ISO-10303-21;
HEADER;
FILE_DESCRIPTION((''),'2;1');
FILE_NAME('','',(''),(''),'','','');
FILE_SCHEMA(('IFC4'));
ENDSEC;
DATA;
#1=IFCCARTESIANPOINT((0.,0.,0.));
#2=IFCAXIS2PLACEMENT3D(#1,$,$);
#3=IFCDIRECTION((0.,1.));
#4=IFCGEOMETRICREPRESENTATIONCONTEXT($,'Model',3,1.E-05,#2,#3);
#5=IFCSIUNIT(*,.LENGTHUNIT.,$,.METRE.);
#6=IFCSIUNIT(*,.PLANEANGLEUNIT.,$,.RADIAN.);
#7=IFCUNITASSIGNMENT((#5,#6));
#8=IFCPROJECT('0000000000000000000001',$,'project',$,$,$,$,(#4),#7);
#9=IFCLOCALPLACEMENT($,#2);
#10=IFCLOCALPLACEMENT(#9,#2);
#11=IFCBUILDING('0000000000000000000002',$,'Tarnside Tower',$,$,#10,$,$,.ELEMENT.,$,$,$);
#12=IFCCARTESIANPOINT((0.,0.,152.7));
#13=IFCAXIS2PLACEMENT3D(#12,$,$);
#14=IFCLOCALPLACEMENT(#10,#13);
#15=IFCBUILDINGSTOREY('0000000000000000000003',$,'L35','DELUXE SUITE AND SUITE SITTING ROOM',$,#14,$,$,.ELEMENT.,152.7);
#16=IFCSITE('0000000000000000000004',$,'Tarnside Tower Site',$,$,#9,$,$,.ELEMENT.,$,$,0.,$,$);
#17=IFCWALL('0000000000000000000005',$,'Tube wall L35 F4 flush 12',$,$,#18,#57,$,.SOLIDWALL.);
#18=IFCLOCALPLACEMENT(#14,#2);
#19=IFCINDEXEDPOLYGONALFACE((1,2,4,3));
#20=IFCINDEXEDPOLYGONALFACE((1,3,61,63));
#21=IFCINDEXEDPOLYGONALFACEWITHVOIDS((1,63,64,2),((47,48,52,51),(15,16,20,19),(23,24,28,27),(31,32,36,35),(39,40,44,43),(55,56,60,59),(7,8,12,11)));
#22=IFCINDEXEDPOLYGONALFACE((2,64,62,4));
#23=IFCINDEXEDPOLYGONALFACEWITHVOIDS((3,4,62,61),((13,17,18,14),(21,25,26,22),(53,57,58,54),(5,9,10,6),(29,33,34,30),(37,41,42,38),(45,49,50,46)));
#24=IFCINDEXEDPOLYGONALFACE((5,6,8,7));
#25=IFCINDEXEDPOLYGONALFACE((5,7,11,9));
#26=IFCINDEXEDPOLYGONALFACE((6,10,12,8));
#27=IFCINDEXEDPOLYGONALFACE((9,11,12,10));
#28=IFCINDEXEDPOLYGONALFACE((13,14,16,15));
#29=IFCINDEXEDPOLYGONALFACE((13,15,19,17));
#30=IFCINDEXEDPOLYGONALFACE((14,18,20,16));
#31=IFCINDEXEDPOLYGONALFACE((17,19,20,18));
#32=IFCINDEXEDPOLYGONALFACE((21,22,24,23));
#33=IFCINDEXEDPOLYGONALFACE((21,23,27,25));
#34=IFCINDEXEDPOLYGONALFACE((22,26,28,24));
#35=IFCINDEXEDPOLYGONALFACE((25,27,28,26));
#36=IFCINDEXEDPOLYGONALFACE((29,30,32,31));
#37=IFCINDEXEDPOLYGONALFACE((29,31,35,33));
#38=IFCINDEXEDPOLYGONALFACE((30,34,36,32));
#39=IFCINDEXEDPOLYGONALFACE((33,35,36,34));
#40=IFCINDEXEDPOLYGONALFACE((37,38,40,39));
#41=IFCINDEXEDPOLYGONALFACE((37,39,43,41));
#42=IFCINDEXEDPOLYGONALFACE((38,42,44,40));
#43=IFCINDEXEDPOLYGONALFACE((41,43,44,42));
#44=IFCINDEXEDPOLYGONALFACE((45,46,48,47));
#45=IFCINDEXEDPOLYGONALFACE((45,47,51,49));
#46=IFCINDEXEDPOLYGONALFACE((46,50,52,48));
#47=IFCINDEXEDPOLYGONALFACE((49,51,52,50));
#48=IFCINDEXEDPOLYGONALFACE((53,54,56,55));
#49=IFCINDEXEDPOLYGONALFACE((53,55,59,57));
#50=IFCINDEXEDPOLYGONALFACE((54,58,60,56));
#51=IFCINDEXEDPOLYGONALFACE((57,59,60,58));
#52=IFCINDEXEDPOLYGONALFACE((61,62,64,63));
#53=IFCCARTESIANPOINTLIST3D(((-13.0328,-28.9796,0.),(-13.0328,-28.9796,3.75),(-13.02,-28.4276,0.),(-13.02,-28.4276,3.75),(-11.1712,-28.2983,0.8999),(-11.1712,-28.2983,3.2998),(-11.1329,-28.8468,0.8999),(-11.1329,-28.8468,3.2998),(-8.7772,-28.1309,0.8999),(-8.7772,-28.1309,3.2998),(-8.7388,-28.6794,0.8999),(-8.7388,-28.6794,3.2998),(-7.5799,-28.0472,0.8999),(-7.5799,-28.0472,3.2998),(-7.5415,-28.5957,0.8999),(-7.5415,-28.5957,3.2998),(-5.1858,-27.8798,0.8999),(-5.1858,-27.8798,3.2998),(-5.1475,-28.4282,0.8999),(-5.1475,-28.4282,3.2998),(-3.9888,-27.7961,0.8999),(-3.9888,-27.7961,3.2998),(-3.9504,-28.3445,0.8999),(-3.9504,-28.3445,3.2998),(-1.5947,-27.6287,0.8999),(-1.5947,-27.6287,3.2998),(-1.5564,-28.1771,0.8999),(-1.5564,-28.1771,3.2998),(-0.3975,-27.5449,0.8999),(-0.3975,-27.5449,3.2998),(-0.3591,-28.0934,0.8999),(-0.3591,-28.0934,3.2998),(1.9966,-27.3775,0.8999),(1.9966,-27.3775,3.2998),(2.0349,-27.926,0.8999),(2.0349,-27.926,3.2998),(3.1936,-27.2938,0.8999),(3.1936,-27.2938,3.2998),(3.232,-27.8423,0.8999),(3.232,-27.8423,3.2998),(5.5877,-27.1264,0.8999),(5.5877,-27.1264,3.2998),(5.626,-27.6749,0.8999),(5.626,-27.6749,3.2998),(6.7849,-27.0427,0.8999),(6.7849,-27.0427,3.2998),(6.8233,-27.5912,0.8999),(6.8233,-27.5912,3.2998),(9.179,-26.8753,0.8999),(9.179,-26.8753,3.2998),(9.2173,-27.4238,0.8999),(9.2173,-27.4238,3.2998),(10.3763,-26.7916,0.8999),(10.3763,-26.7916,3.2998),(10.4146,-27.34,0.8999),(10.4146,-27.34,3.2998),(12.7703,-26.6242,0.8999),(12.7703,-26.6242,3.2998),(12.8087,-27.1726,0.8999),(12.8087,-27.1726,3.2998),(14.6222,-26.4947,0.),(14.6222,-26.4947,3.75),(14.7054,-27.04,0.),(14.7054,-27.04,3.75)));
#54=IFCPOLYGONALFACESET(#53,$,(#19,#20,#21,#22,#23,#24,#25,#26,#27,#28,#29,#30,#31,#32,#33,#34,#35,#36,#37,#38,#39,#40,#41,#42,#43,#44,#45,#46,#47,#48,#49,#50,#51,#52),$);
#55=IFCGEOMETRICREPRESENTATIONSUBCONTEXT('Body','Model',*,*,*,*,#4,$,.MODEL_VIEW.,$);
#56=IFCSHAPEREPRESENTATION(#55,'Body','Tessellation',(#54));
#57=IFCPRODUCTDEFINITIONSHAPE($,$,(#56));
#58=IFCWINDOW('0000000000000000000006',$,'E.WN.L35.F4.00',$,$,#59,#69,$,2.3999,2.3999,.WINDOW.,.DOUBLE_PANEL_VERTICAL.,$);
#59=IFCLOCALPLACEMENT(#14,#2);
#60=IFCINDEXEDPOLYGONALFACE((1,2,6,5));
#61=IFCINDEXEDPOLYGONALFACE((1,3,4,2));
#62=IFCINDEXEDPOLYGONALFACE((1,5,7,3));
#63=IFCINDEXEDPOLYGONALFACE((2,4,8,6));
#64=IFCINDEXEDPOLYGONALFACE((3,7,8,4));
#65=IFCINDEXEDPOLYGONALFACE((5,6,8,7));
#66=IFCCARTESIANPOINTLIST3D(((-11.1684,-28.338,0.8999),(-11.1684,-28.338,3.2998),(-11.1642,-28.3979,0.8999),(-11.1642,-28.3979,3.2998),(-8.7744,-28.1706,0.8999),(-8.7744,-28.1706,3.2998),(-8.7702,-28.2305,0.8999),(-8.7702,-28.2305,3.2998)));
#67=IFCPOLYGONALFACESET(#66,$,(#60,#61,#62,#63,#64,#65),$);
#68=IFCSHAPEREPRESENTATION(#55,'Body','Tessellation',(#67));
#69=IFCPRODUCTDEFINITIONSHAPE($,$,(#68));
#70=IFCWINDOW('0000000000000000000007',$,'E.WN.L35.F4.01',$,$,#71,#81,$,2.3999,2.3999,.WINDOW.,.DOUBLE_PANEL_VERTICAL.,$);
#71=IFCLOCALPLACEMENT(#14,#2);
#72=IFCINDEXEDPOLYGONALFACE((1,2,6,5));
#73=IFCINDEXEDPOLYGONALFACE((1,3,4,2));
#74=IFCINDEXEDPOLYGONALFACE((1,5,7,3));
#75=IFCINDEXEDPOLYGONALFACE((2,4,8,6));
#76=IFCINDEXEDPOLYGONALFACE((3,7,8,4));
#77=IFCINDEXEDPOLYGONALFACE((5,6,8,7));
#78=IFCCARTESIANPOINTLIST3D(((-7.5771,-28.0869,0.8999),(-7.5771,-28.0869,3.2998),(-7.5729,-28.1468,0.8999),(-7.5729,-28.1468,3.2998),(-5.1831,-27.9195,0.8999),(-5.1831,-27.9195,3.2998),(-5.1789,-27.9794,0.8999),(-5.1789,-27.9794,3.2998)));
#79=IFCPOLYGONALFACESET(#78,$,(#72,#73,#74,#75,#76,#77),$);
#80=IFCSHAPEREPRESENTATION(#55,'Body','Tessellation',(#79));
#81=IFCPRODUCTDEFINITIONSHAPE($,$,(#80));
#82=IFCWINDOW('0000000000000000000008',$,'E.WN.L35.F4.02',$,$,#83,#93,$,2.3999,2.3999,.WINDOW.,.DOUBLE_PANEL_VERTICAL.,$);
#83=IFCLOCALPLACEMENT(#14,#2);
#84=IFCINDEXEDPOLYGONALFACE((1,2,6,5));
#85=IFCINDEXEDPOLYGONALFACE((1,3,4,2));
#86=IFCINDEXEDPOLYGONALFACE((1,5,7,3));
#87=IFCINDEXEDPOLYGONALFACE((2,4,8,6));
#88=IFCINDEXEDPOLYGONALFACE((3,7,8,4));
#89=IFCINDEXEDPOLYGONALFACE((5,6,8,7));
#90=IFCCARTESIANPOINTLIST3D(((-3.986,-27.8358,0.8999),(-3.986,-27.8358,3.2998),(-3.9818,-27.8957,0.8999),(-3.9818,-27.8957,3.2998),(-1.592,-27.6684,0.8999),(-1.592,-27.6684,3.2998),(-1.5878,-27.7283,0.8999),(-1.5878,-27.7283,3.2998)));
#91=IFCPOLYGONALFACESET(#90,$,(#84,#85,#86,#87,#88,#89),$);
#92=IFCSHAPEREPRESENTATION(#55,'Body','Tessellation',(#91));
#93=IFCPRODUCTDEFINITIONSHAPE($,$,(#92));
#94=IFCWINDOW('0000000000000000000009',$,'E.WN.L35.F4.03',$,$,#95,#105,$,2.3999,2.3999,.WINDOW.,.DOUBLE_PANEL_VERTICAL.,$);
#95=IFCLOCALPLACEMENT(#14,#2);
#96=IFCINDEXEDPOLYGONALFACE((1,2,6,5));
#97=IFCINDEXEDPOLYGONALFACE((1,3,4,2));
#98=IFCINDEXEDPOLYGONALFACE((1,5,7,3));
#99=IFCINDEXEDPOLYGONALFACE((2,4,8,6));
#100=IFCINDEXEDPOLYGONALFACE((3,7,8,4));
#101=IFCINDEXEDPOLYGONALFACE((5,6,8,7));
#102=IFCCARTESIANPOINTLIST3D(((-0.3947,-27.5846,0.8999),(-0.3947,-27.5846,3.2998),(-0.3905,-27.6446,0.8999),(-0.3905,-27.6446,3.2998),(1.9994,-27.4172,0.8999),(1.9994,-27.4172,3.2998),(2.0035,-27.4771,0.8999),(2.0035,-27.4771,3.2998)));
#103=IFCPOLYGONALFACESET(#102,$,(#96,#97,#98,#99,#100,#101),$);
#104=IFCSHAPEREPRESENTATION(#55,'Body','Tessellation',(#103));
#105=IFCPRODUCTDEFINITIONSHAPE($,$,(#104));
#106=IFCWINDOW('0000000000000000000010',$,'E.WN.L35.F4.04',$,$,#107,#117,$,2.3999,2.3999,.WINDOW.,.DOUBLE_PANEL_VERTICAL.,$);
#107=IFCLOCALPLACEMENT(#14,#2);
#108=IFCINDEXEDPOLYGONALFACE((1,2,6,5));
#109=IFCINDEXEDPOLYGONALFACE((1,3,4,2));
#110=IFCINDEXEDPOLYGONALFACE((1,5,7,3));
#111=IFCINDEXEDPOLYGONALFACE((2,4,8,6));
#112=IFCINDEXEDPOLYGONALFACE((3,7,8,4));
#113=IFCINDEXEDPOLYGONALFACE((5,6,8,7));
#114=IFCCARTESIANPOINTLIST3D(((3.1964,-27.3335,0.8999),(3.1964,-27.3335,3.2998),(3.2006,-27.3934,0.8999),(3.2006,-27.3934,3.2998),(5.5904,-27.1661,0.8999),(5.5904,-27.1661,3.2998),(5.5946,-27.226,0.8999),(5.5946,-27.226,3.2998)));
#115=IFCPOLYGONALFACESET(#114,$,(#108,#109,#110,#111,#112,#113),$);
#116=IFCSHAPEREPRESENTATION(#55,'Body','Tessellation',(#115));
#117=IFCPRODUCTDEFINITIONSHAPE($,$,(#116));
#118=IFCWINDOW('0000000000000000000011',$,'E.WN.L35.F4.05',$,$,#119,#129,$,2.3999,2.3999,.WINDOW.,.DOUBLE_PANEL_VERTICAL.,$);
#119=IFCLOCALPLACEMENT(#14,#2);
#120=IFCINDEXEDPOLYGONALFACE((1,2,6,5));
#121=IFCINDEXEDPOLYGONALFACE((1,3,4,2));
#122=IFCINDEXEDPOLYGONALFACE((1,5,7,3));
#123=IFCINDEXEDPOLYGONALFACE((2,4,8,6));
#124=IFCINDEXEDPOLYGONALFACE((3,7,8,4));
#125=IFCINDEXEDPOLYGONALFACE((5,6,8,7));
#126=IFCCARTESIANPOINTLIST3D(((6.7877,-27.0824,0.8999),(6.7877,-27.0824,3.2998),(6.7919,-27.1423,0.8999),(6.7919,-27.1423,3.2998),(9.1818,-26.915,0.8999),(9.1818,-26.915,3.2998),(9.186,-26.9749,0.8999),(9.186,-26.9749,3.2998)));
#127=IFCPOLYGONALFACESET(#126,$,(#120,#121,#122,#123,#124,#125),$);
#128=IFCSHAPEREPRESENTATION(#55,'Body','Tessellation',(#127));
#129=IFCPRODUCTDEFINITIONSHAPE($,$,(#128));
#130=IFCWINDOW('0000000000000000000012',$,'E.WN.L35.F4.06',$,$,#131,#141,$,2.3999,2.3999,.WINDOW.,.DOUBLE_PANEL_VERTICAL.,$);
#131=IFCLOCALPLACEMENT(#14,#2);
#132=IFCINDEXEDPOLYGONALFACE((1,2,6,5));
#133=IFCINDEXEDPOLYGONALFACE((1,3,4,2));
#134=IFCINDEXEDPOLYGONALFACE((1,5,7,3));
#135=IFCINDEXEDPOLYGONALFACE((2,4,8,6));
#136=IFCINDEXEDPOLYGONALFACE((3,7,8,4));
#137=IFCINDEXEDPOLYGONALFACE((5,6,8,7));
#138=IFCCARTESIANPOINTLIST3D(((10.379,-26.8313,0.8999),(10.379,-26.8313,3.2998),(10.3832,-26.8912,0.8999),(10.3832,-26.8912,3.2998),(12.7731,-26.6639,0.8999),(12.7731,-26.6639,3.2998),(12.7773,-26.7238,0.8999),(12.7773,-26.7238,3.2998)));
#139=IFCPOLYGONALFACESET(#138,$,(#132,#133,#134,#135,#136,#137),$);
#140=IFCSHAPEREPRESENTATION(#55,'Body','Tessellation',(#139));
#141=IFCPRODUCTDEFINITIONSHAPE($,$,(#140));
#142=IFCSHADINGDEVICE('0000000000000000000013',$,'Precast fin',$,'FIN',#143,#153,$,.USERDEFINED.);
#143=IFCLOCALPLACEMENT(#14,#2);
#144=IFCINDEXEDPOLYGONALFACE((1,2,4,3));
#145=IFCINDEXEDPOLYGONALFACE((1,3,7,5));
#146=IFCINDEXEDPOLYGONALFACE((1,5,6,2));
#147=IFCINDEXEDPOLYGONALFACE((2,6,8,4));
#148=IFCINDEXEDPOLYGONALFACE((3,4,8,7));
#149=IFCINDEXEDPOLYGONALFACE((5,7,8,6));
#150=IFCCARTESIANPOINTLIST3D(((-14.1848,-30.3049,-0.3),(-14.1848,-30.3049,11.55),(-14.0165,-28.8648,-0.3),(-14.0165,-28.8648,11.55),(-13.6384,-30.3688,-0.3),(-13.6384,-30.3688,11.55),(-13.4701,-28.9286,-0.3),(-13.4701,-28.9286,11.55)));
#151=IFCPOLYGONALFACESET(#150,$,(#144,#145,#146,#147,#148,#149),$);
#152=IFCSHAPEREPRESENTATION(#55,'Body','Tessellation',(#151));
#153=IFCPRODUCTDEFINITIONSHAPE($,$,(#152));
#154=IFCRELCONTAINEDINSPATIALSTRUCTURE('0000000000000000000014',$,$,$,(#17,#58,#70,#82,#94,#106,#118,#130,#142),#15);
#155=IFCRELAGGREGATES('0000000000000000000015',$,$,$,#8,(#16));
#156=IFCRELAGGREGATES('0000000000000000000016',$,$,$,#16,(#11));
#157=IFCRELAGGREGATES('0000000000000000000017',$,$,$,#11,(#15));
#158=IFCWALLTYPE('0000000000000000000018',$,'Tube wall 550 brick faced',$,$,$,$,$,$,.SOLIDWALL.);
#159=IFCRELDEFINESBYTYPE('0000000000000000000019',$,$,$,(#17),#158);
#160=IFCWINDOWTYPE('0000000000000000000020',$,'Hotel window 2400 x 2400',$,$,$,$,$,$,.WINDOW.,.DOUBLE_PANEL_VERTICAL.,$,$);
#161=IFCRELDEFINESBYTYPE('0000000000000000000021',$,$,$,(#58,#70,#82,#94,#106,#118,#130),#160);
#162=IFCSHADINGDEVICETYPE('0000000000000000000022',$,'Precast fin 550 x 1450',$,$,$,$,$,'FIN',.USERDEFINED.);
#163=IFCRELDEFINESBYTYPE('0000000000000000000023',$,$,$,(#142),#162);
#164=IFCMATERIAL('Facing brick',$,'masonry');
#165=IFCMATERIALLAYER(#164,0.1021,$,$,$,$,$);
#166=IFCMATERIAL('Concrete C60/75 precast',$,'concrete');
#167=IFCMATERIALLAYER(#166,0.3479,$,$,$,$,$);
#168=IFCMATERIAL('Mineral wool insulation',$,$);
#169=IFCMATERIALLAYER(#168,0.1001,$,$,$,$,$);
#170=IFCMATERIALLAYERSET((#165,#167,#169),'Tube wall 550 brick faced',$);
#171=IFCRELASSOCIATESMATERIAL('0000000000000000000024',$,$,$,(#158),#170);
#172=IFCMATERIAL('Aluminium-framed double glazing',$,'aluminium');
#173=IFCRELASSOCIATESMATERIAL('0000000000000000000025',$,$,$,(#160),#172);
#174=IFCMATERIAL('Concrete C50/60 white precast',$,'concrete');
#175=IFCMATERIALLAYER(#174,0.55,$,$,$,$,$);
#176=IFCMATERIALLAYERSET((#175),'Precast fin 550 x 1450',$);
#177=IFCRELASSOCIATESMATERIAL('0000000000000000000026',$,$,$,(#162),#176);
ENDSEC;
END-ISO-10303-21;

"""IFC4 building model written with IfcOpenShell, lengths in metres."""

from ifc_helpers import new_model, si_unit, direction, frame, frame_2d, origin, place, context, subcontext, project, spatial, polyline, rectangle, outline, extrude, material, layer, layer_set, type_object, element, fill, save


model = new_model("IFC4")

# Units and contexts
model_context = context("Model", 3, precision=1e-05, world=origin(), true_north=direction((0.0, 1.0)))
body_context = subcontext(model_context, "Body", "Model", "MODEL_VIEW")
ifc_project = project(units=[si_unit("LENGTHUNIT", "METRE"), si_unit("PLANEANGLEUNIT", "RADIAN")], contexts=[model_context])

# Site, building, storey
site_placement = place(None, origin())
site = spatial("IfcSite", under=ifc_project, at=site_placement, Name="Tarnside Tower Site", CompositionType="ELEMENT", RefElevation=0.0)
building_placement = place(site_placement, origin())
building = spatial("IfcBuilding", under=site, at=building_placement, Name="Tarnside Tower", CompositionType="ELEMENT")
storey_placement = place(building_placement, frame((0.0, 0.0, 152.7)))
storey = spatial("IfcBuildingStorey", under=building, at=storey_placement, Name="L35", Description="DELUXE SUITE AND SUITE SITTING ROOM", CompositionType="ELEMENT", Elevation=152.7)

# Shared definitions
ifc_material_1 = material(Name="Facing brick", Category="masonry")
ifc_layer_1 = layer(ifc_material_1, 0.1021)
ifc_material_2 = material(Name="Concrete C60/75 precast", Category="concrete")
ifc_layer_2 = layer(ifc_material_2, 0.3479)
ifc_material_3 = material(Name="Mineral wool insulation")
ifc_layer_3 = layer(ifc_material_3, 0.1001)
ifc_layer_set_1 = layer_set([ifc_layer_1, ifc_layer_2, ifc_layer_3], Name="Tube wall 550 brick faced")
wall_type_1 = type_object("IfcWallType", Name="Tube wall 550 brick faced", PredefinedType="SOLIDWALL", material=ifc_layer_set_1)

# Wall, openings, windows
wall_1_placement = place(storey_placement, frame((-13.0264, -28.7036, 0.0), z_axis=(0.0, 0.0, 1.0), x_axis=(0.997564, 0.069756, 0.0)))
wall_1 = element("IfcWall", 1, at=wall_1_placement, inside=storey, type_object=wall_type_1, Name="Tube wall L35 F4 flush 12", PredefinedType="SOLIDWALL", context=body_context, shape_type="SweptSolid", body=[
    extrude(outline(polyline([(-0.0256, -0.2749), (27.7803, -0.2749), (27.7354, 0.2749), (0.0256, 0.2749), (-0.0256, -0.2749)])), origin(), (0.0, 0.0, 1.0), 3.75),
])
opening_1_placement = place(wall_1_placement, frame((1.8789, 0.0, 0.8999)))
opening_1 = element("IfcOpeningElement", 2, at=opening_1_placement, cuts=wall_1, PredefinedType="OPENING", context=body_context, shape_type="SweptSolid", body=[
    extrude(rectangle(XDim=2.3999, YDim=2.3999, at=frame_2d((1.2, 1.2))), frame((0.0, 0.2852, 0.0), z_axis=(0.0, -1.0, 0.0), x_axis=(1.0, 0.0, 0.0)), (0.0, 0.0, 1.0), 0.5701),
])
opening_2_placement = place(wall_1_placement, frame((5.479, 0.0, 0.8999)))
opening_2 = element("IfcOpeningElement", 3, at=opening_2_placement, cuts=wall_1, PredefinedType="OPENING", context=body_context, shape_type="SweptSolid", body=[
    extrude(rectangle(XDim=2.3999, YDim=2.3999, at=frame_2d((1.2, 1.2))), frame((0.0, 0.2852, 0.0), z_axis=(0.0, -1.0, 0.0), x_axis=(1.0, 0.0, 0.0)), (0.0, 0.0, 1.0), 0.5701),
])
opening_3_placement = place(wall_1_placement, frame((9.0789, 0.0, 0.8999)))
opening_3 = element("IfcOpeningElement", 4, at=opening_3_placement, cuts=wall_1, PredefinedType="OPENING", context=body_context, shape_type="SweptSolid", body=[
    extrude(rectangle(XDim=2.3999, YDim=2.3999, at=frame_2d((1.2, 1.2))), frame((0.0, 0.2852, 0.0), z_axis=(0.0, -1.0, 0.0), x_axis=(1.0, 0.0, 0.0)), (0.0, 0.0, 1.0), 0.5701),
])
opening_4_placement = place(wall_1_placement, frame((12.679, 0.0, 0.8999)))
opening_4 = element("IfcOpeningElement", 5, at=opening_4_placement, cuts=wall_1, PredefinedType="OPENING", context=body_context, shape_type="SweptSolid", body=[
    extrude(rectangle(XDim=2.3999, YDim=2.3999, at=frame_2d((1.2, 1.2))), frame((0.0, 0.2852, 0.0), z_axis=(0.0, -1.0, 0.0), x_axis=(1.0, 0.0, 0.0)), (0.0, 0.0, 1.0), 0.5701),
])
opening_5_placement = place(wall_1_placement, frame((16.2788, 0.0, 0.8999)))
opening_5 = element("IfcOpeningElement", 6, at=opening_5_placement, cuts=wall_1, PredefinedType="OPENING", context=body_context, shape_type="SweptSolid", body=[
    extrude(rectangle(XDim=2.3999, YDim=2.3999, at=frame_2d((1.2, 1.2))), frame((0.0, 0.2852, 0.0), z_axis=(0.0, -1.0, 0.0), x_axis=(1.0, 0.0, 0.0)), (0.0, 0.0, 1.0), 0.5701),
])
opening_6_placement = place(wall_1_placement, frame((19.8789, 0.0, 0.8999)))
opening_6 = element("IfcOpeningElement", 7, at=opening_6_placement, cuts=wall_1, PredefinedType="OPENING", context=body_context, shape_type="SweptSolid", body=[
    extrude(rectangle(XDim=2.3999, YDim=2.3999, at=frame_2d((1.2, 1.2))), frame((0.0, 0.2852, 0.0), z_axis=(0.0, -1.0, 0.0), x_axis=(1.0, 0.0, 0.0)), (0.0, 0.0, 1.0), 0.5701),
])
opening_7_placement = place(wall_1_placement, frame((23.479, 0.0, 0.8999)))
opening_7 = element("IfcOpeningElement", 8, at=opening_7_placement, cuts=wall_1, PredefinedType="OPENING", context=body_context, shape_type="SweptSolid", body=[
    extrude(rectangle(XDim=2.3999, YDim=2.3999, at=frame_2d((1.2, 1.2))), frame((0.0, 0.2852, 0.0), z_axis=(0.0, -1.0, 0.0), x_axis=(1.0, 0.0, 0.0)), (0.0, 0.0, 1.0), 0.5701),
])
ifc_material_4 = material(Name="Aluminium-framed double glazing", Category="aluminium")
window_type = type_object("IfcWindowType", Name="Hotel window 2400 x 2400", PartitioningType="DOUBLE_PANEL_VERTICAL", PredefinedType="WINDOW", material=ifc_material_4)
window_1_placement = place(opening_1_placement, frame((0.0, 0.2051, 0.0)))
window_1 = element("IfcWindow", 9, at=window_1_placement, inside=storey, type_object=window_type, Name="E.WN.L35.F4.00", OverallHeight=2.3999, OverallWidth=2.3999, PartitioningType="DOUBLE_PANEL_VERTICAL", PredefinedType="WINDOW", context=body_context, shape_type="SweptSolid", body=[
    extrude(rectangle(XDim=2.3999, YDim=2.3999, at=frame_2d((1.2, 1.2))), frame((0.0, 0.03, 0.0), z_axis=(0.0, -1.0, 0.0), x_axis=(1.0, 0.0, 0.0)), (0.0, 0.0, 1.0), 0.0601),
])
fill(opening_1, window_1)
window_2_placement = place(opening_2_placement, frame((0.0, 0.2051, 0.0)))
window_2 = element("IfcWindow", 10, at=window_2_placement, inside=storey, type_object=window_type, Name="E.WN.L35.F4.01", OverallHeight=2.3999, OverallWidth=2.3999, PartitioningType="DOUBLE_PANEL_VERTICAL", PredefinedType="WINDOW", context=body_context, shape_type="SweptSolid", body=[
    extrude(rectangle(XDim=2.3999, YDim=2.3999, at=frame_2d((1.2, 1.2))), frame((0.0, 0.03, 0.0), z_axis=(0.0, -1.0, 0.0), x_axis=(1.0, 0.0, 0.0)), (0.0, 0.0, 1.0), 0.0601),
])
fill(opening_2, window_2)
window_3_placement = place(opening_3_placement, frame((0.0, 0.2051, 0.0)))
window_3 = element("IfcWindow", 11, at=window_3_placement, inside=storey, type_object=window_type, Name="E.WN.L35.F4.02", OverallHeight=2.3999, OverallWidth=2.3999, PartitioningType="DOUBLE_PANEL_VERTICAL", PredefinedType="WINDOW", context=body_context, shape_type="SweptSolid", body=[
    extrude(rectangle(XDim=2.3999, YDim=2.3999, at=frame_2d((1.2, 1.2))), frame((0.0, 0.03, 0.0), z_axis=(0.0, -1.0, 0.0), x_axis=(1.0, 0.0, 0.0)), (0.0, 0.0, 1.0), 0.0601),
])
fill(opening_3, window_3)
window_4_placement = place(opening_4_placement, frame((0.0, 0.2051, 0.0)))
window_4 = element("IfcWindow", 12, at=window_4_placement, inside=storey, type_object=window_type, Name="E.WN.L35.F4.03", OverallHeight=2.3999, OverallWidth=2.3999, PartitioningType="DOUBLE_PANEL_VERTICAL", PredefinedType="WINDOW", context=body_context, shape_type="SweptSolid", body=[
    extrude(rectangle(XDim=2.3999, YDim=2.3999, at=frame_2d((1.2, 1.2))), frame((0.0, 0.03, 0.0), z_axis=(0.0, -1.0, 0.0), x_axis=(1.0, 0.0, 0.0)), (0.0, 0.0, 1.0), 0.0601),
])
fill(opening_4, window_4)
window_5_placement = place(opening_5_placement, frame((0.0, 0.2051, 0.0)))
window_5 = element("IfcWindow", 13, at=window_5_placement, inside=storey, type_object=window_type, Name="E.WN.L35.F4.04", OverallHeight=2.3999, OverallWidth=2.3999, PartitioningType="DOUBLE_PANEL_VERTICAL", PredefinedType="WINDOW", context=body_context, shape_type="SweptSolid", body=[
    extrude(rectangle(XDim=2.3999, YDim=2.3999, at=frame_2d((1.2, 1.2))), frame((0.0, 0.03, 0.0), z_axis=(0.0, -1.0, 0.0), x_axis=(1.0, 0.0, 0.0)), (0.0, 0.0, 1.0), 0.0601),
])
fill(opening_5, window_5)
window_6_placement = place(opening_6_placement, frame((0.0, 0.2051, 0.0)))
window_6 = element("IfcWindow", 14, at=window_6_placement, inside=storey, type_object=window_type, Name="E.WN.L35.F4.05", OverallHeight=2.3999, OverallWidth=2.3999, PartitioningType="DOUBLE_PANEL_VERTICAL", PredefinedType="WINDOW", context=body_context, shape_type="SweptSolid", body=[
    extrude(rectangle(XDim=2.3999, YDim=2.3999, at=frame_2d((1.2, 1.2))), frame((0.0, 0.03, 0.0), z_axis=(0.0, -1.0, 0.0), x_axis=(1.0, 0.0, 0.0)), (0.0, 0.0, 1.0), 0.0601),
])
fill(opening_6, window_6)
window_7_placement = place(opening_7_placement, frame((0.0, 0.2051, 0.0)))
window_7 = element("IfcWindow", 15, at=window_7_placement, inside=storey, type_object=window_type, Name="E.WN.L35.F4.06", OverallHeight=2.3999, OverallWidth=2.3999, PartitioningType="DOUBLE_PANEL_VERTICAL", PredefinedType="WINDOW", context=body_context, shape_type="SweptSolid", body=[
    extrude(rectangle(XDim=2.3999, YDim=2.3999, at=frame_2d((1.2, 1.2))), frame((0.0, 0.03, 0.0), z_axis=(0.0, -1.0, 0.0), x_axis=(1.0, 0.0, 0.0)), (0.0, 0.0, 1.0), 0.0601),
])
fill(opening_7, window_7)

# Shading device
ifc_material_5 = material(Name="Concrete C50/60 white precast", Category="concrete")
ifc_layer_4 = layer(ifc_material_5, 0.55)
ifc_layer_set_2 = layer_set([ifc_layer_4], Name="Precast fin 550 x 1450")
shading_device_type_1 = type_object("IfcShadingDeviceType", Name="Precast fin 550 x 1450", ElementType="FIN", PredefinedType="USERDEFINED", material=ifc_layer_set_2)
shading_device_placement = place(storey_placement, frame((-13.7432, -28.8967, -0.3), z_axis=(-0.993238, 0.116093, 0.0), x_axis=(-0.116093, -0.993238, 0.0)))
element("IfcShadingDevice", 16, at=shading_device_placement, inside=storey, type_object=shading_device_type_1, Name="Precast fin", ObjectType="FIN", PredefinedType="USERDEFINED", context=body_context, shape_type="SweptSolid", body=[
    extrude(outline(polyline([(0.0, 0.0), (1.45, 0.0), (1.45, 11.8501), (0.0, 11.8501), (0.0, 0.0)])), frame((0.0, 0.0, -0.2749)), (0.0, 0.0, 1.0), 0.55),
])

save(model, "model.ifc")
